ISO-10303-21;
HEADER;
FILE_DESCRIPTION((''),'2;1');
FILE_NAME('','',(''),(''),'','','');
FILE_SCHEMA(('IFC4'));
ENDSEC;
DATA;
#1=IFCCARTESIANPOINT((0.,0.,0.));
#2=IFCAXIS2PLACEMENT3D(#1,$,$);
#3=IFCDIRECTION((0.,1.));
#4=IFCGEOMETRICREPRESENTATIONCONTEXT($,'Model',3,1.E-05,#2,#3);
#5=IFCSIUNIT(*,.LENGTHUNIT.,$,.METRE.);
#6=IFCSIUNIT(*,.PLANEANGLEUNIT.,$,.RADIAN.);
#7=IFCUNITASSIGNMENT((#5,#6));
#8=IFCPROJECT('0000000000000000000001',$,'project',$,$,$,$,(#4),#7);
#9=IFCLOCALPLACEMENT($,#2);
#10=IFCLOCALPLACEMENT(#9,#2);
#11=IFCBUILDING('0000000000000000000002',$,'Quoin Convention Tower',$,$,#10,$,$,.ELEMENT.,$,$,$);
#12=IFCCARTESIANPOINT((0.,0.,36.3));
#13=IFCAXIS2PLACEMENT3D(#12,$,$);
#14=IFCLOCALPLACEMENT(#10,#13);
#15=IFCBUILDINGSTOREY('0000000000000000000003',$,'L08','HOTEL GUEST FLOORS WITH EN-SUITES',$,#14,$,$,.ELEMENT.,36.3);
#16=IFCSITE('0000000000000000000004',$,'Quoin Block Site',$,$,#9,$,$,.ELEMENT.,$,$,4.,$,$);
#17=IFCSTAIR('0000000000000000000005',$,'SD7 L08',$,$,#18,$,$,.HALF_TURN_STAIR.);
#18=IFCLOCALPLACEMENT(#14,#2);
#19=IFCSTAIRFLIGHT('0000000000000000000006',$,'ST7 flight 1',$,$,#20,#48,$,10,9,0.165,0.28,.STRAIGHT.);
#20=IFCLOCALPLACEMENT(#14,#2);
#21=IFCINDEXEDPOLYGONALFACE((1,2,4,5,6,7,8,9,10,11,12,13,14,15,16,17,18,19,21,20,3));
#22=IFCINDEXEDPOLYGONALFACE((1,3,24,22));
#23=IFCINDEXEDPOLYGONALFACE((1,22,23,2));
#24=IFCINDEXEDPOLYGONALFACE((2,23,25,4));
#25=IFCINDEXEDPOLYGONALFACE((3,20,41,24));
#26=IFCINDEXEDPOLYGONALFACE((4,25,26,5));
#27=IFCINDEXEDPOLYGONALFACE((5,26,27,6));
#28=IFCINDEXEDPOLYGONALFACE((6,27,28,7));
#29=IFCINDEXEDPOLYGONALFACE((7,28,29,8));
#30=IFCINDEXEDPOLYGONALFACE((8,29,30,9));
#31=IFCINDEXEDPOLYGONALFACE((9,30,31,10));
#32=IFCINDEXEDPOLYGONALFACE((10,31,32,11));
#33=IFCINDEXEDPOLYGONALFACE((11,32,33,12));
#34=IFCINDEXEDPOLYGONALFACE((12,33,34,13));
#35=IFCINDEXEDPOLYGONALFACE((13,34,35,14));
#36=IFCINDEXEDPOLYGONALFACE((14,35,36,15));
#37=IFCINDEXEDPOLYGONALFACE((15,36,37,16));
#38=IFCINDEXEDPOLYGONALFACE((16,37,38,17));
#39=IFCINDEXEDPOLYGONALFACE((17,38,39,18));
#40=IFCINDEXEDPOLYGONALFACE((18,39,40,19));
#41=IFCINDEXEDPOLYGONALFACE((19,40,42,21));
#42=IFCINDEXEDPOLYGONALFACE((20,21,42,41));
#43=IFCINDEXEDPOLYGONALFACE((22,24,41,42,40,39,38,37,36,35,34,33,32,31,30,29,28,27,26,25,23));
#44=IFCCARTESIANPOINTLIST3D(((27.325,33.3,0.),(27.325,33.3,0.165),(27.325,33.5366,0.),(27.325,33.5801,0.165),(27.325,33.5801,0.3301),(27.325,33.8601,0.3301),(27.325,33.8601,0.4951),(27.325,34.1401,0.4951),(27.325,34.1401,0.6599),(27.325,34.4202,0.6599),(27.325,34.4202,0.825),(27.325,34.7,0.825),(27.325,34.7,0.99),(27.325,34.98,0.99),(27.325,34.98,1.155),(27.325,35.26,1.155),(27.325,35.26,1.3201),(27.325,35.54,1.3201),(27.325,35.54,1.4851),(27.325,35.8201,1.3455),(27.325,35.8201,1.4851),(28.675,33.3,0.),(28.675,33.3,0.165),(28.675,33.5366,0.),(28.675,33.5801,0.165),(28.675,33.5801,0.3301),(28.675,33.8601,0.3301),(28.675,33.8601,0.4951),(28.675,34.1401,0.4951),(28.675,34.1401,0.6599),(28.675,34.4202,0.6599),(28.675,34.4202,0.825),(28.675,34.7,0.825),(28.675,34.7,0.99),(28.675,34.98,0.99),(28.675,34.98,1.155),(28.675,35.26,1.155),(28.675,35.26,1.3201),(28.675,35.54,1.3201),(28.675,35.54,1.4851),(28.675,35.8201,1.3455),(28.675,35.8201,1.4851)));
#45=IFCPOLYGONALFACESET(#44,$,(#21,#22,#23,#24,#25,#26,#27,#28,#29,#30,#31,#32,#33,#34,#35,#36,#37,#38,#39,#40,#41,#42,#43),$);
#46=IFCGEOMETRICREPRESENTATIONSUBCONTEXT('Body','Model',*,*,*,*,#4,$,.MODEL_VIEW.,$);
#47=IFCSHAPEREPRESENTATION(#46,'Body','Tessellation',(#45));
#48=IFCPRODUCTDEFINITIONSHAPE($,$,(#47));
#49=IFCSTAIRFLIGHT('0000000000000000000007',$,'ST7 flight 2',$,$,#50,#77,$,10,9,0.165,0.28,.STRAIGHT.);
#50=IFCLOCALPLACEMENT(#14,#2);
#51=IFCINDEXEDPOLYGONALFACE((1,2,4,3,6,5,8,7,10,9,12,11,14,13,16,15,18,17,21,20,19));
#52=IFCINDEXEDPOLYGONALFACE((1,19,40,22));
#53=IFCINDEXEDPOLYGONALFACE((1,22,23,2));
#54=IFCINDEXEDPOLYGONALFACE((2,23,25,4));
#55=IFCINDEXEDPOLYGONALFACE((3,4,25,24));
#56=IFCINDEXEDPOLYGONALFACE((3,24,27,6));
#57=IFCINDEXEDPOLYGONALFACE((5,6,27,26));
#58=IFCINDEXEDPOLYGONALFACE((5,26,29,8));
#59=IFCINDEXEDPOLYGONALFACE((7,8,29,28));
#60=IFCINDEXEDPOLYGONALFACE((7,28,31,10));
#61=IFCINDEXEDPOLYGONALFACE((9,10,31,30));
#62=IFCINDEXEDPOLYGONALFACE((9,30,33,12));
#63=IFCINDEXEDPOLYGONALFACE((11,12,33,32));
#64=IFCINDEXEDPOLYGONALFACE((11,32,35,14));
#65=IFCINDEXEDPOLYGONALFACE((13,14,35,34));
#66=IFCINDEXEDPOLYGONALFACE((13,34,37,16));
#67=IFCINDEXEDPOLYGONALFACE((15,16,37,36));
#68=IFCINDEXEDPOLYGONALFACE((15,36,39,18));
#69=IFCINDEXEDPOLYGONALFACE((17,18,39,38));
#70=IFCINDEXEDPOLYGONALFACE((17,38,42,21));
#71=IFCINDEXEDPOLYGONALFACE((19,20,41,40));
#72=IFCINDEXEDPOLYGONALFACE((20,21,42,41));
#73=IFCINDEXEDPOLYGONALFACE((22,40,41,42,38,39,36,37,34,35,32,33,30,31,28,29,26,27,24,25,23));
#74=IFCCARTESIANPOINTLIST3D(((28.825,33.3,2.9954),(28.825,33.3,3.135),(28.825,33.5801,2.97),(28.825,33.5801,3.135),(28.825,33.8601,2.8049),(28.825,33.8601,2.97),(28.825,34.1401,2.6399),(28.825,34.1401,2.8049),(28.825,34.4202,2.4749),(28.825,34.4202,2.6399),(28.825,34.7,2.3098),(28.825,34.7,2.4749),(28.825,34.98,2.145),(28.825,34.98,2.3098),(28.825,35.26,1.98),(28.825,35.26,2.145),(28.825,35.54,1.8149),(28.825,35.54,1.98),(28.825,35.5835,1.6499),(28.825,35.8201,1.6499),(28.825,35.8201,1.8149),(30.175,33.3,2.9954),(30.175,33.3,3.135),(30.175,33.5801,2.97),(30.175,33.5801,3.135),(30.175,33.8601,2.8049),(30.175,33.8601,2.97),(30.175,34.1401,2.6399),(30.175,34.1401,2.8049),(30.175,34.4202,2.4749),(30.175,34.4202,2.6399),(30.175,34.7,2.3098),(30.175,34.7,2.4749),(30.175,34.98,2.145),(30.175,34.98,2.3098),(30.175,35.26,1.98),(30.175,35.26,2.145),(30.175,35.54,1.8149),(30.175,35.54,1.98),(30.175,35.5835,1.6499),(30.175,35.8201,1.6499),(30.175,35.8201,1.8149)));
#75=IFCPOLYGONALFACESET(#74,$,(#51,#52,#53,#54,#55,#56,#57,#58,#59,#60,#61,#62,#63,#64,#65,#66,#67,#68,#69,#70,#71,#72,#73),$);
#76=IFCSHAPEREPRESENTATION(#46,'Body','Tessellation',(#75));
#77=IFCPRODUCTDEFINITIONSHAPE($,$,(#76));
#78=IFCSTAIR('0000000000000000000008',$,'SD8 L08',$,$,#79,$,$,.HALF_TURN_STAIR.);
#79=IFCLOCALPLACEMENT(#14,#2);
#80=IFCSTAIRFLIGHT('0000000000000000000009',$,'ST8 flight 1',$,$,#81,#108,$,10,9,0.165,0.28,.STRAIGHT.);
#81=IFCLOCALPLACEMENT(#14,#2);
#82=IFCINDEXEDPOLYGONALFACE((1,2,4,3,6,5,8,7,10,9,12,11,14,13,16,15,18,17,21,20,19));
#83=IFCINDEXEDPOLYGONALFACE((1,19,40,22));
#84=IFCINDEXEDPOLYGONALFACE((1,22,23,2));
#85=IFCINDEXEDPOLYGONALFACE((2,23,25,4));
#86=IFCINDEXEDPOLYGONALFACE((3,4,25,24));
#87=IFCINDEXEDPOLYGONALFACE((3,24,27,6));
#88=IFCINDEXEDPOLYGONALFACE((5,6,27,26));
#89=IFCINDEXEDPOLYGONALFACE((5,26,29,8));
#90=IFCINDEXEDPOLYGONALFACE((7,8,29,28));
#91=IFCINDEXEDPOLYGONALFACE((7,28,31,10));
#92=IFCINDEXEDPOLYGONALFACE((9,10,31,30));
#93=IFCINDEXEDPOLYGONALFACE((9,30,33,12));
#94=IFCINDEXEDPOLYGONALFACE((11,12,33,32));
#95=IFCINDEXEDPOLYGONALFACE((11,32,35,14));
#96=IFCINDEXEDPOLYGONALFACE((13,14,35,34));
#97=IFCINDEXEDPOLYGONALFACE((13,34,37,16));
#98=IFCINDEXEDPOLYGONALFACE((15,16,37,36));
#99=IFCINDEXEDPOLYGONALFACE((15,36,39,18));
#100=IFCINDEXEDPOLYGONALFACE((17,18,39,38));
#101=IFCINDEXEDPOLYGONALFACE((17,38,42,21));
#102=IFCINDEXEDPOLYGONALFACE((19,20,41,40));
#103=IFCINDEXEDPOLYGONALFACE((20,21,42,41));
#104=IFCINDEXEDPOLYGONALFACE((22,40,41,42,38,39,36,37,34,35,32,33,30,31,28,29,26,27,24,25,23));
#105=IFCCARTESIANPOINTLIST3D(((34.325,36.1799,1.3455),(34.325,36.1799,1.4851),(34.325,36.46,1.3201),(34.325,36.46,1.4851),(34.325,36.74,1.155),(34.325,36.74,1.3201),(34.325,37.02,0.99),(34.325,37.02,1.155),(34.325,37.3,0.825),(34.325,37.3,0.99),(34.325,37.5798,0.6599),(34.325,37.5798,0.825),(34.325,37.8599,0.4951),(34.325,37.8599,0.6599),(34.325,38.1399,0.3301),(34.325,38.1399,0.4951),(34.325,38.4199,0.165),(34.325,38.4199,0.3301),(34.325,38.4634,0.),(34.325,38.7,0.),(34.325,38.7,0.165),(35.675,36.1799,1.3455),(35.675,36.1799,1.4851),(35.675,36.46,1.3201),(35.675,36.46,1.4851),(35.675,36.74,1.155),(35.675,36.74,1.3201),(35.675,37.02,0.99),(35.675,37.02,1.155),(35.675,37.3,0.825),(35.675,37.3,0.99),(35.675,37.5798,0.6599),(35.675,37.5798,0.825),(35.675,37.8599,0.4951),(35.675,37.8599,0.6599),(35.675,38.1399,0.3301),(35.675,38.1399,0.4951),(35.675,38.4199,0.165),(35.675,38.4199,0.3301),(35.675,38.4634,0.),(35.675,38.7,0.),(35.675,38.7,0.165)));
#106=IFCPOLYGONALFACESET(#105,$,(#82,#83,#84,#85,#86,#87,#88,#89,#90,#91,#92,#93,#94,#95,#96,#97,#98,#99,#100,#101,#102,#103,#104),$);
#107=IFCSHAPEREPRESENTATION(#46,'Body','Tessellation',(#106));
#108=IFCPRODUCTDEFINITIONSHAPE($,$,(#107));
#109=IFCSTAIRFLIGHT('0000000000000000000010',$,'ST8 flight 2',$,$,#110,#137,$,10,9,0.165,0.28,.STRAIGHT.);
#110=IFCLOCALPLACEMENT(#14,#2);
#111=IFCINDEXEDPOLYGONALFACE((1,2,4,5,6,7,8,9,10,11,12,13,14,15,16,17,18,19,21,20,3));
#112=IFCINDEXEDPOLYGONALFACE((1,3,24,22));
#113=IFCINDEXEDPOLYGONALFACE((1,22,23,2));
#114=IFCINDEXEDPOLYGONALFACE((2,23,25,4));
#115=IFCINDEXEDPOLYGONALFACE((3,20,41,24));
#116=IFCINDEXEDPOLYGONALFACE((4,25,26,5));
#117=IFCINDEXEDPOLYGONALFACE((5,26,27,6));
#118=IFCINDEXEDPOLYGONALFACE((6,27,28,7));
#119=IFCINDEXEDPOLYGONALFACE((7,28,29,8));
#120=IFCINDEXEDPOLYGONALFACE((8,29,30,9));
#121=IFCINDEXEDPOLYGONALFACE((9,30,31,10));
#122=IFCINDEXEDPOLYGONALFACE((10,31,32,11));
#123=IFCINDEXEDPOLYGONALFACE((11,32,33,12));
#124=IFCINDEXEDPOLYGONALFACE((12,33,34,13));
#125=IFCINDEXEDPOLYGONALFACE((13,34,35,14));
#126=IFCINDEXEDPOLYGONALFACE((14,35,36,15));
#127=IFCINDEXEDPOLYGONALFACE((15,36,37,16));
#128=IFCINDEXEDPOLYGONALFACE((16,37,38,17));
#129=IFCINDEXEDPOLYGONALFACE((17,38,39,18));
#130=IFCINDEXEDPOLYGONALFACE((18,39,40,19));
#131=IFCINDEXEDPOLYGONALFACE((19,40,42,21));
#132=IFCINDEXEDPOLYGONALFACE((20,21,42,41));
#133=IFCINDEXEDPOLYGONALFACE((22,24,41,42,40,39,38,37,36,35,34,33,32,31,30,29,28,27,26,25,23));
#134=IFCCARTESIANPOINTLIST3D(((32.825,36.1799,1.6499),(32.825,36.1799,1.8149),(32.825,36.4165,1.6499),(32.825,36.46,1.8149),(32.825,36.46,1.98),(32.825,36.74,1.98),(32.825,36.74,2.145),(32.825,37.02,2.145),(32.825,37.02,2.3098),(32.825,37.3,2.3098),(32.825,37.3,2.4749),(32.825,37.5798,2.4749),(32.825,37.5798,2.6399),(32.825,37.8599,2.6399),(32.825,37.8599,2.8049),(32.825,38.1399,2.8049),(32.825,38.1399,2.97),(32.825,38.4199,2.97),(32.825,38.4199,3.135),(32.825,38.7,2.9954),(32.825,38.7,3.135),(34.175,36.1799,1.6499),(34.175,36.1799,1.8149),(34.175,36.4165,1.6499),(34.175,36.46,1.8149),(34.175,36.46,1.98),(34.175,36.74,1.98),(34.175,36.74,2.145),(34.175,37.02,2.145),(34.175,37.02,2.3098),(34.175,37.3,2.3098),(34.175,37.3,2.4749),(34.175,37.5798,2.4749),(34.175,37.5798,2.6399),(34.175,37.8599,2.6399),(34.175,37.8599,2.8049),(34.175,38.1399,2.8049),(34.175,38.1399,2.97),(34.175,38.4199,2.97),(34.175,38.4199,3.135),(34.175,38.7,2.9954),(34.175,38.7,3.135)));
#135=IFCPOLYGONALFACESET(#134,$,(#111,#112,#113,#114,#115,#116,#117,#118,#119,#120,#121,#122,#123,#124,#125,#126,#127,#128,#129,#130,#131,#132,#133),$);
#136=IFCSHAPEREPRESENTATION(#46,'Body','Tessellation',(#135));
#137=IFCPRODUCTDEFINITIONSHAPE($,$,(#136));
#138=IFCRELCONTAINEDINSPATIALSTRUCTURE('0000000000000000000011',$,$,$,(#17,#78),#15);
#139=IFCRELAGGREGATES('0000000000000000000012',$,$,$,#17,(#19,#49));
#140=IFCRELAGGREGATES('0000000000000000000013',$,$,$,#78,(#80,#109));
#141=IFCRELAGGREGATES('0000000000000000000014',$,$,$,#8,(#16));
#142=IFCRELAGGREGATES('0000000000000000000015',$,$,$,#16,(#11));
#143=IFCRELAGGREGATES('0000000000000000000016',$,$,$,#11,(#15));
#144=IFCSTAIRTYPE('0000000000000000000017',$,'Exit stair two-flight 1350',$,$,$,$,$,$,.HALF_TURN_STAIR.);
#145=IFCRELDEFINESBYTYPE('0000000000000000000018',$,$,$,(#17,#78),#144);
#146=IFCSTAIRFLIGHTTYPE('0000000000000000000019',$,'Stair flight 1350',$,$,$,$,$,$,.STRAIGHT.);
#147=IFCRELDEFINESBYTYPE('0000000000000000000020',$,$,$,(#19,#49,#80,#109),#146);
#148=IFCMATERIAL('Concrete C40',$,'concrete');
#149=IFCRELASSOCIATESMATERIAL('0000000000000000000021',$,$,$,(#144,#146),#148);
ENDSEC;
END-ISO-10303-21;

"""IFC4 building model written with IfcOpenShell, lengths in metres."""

from ifc_helpers import new_model, si_unit, direction, frame, origin, place, context, subcontext, project, spatial, polyline, outline, extrude, material, type_object, element, aggregate, save


model = new_model("IFC4")

# Units and contexts
model_context = context("Model", 3, precision=1e-05, world=origin(), true_north=direction((0.0, 1.0)))
body_context = subcontext(model_context, "Body", "Model", "MODEL_VIEW")
ifc_project = project(units=[si_unit("LENGTHUNIT", "METRE"), si_unit("PLANEANGLEUNIT", "RADIAN")], contexts=[model_context])

# Site, building, storey
site_placement = place(None, origin())
site = spatial("IfcSite", under=ifc_project, at=site_placement, Name="Quoin Block Site", CompositionType="ELEMENT", RefElevation=4.0)
building_placement = place(site_placement, origin())
building = spatial("IfcBuilding", under=site, at=building_placement, Name="Quoin Convention Tower", CompositionType="ELEMENT")
storey_placement = place(building_placement, frame((0.0, 0.0, 36.3)))
storey = spatial("IfcBuildingStorey", under=building, at=storey_placement, Name="L08", Description="HOTEL GUEST FLOORS WITH EN-SUITES", CompositionType="ELEMENT", Elevation=36.3)

# Stairs, stair flights
ifc_material_1 = material(Name="Concrete C40", Category="concrete")
stair_type = type_object("IfcStairType", Name="Exit stair two-flight 1350", PredefinedType="HALF_TURN_STAIR", material=ifc_material_1)
stair_1_placement = place(storey_placement, origin())
stair_1 = element("IfcStair", 1, at=stair_1_placement, inside=storey, type_object=stair_type, Name="SD7 L08", PredefinedType="HALF_TURN_STAIR")
stair_flight_type = type_object("IfcStairFlightType", Name="Stair flight 1350", PredefinedType="STRAIGHT", material=ifc_material_1)
stair_flight_1_placement = place(storey_placement, frame((28.0, 33.3, 0.0), z_axis=(0.0, 0.0, 1.0), x_axis=(0.0, 1.0, 0.0)))
stair_flight_1 = element("IfcStairFlight", 2, at=stair_flight_1_placement, type_object=stair_flight_type, Name="ST7 flight 1", NumberOfRisers=10, NumberOfTreads=9, PredefinedType="STRAIGHT", RiserHeight=0.165, TreadLength=0.28, context=body_context, shape_type="SweptSolid", body=[
    extrude(outline(polyline([(0.0, 0.0), (0.0, 0.165), (0.28, 0.165), (0.28, 0.3301), (0.5601, 0.3301), (0.5601, 0.4951), (0.8401, 0.4951), (0.8401, 0.6599), (1.1201, 0.6599), (1.1201, 0.825), (1.3999, 0.825), (1.3999, 0.99), (1.6799, 0.99), (1.6799, 1.155), (1.96, 1.155), (1.96, 1.3201), (2.24, 1.3201), (2.24, 1.4851), (2.52, 1.4851), (2.52, 1.6499), (2.52, 1.3455), (0.2366, 0.0), (0.0, 0.0)])), frame((0.0, 0.675, 0.0), z_axis=(0.0, -1.0, 0.0), x_axis=(1.0, 0.0, 0.0)), (0.0, 0.0, 1.0), 1.3501),
])
stair_flight_2_placement = place(storey_placement, frame((29.5, 35.8201, 1.6499), z_axis=(0.0, 0.0, 1.0), x_axis=(0.0, -1.0, 0.0)))
stair_flight_2 = element("IfcStairFlight", 3, at=stair_flight_2_placement, type_object=stair_flight_type, Name="ST7 flight 2", NumberOfRisers=10, NumberOfTreads=9, PredefinedType="STRAIGHT", RiserHeight=0.165, TreadLength=0.28, context=body_context, shape_type="SweptSolid", body=[
    extrude(outline(polyline([(0.0, 0.0), (0.0, 0.165), (0.28, 0.165), (0.28, 0.3301), (0.5601, 0.3301), (0.5601, 0.4951), (0.8401, 0.4951), (0.8401, 0.6599), (1.1201, 0.6599), (1.1201, 0.825), (1.3999, 0.825), (1.3999, 0.99), (1.6799, 0.99), (1.6799, 1.155), (1.96, 1.155), (1.96, 1.3201), (2.24, 1.3201), (2.24, 1.4851), (2.52, 1.4851), (2.52, 1.6499), (2.52, 1.3455), (0.2366, 0.0), (0.0, 0.0)])), frame((0.0, 0.675, 0.0), z_axis=(0.0, -1.0, 0.0), x_axis=(1.0, 0.0, 0.0)), (0.0, 0.0, 1.0), 1.3501),
])
aggregate(stair_1, [stair_flight_1, stair_flight_2])
stair_2_placement = place(storey_placement, origin())
stair_2 = element("IfcStair", 4, at=stair_2_placement, inside=storey, type_object=stair_type, Name="SD8 L08", PredefinedType="HALF_TURN_STAIR")
stair_flight_3_placement = place(storey_placement, frame((35.0, 38.7, 0.0), z_axis=(0.0, 0.0, 1.0), x_axis=(0.0, -1.0, 0.0)))
stair_flight_3 = element("IfcStairFlight", 5, at=stair_flight_3_placement, type_object=stair_flight_type, Name="ST8 flight 1", NumberOfRisers=10, NumberOfTreads=9, PredefinedType="STRAIGHT", RiserHeight=0.165, TreadLength=0.28, context=body_context, shape_type="SweptSolid", body=[
    extrude(outline(polyline([(0.0, 0.0), (0.0, 0.165), (0.28, 0.165), (0.28, 0.3301), (0.5601, 0.3301), (0.5601, 0.4951), (0.8401, 0.4951), (0.8401, 0.6599), (1.1201, 0.6599), (1.1201, 0.825), (1.3999, 0.825), (1.3999, 0.99), (1.6799, 0.99), (1.6799, 1.155), (1.96, 1.155), (1.96, 1.3201), (2.24, 1.3201), (2.24, 1.4851), (2.52, 1.4851), (2.52, 1.6499), (2.52, 1.3455), (0.2366, 0.0), (0.0, 0.0)])), frame((0.0, 0.675, 0.0), z_axis=(0.0, -1.0, 0.0), x_axis=(1.0, 0.0, 0.0)), (0.0, 0.0, 1.0), 1.3501),
])
stair_flight_4_placement = place(storey_placement, frame((33.5, 36.1799, 1.6499), z_axis=(0.0, 0.0, 1.0), x_axis=(0.0, 1.0, 0.0)))
stair_flight_4 = element("IfcStairFlight", 6, at=stair_flight_4_placement, type_object=stair_flight_type, Name="ST8 flight 2", NumberOfRisers=10, NumberOfTreads=9, PredefinedType="STRAIGHT", RiserHeight=0.165, TreadLength=0.28, context=body_context, shape_type="SweptSolid", body=[
    extrude(outline(polyline([(0.0, 0.0), (0.0, 0.165), (0.28, 0.165), (0.28, 0.3301), (0.5601, 0.3301), (0.5601, 0.4951), (0.8401, 0.4951), (0.8401, 0.6599), (1.1201, 0.6599), (1.1201, 0.825), (1.3999, 0.825), (1.3999, 0.99), (1.6799, 0.99), (1.6799, 1.155), (1.96, 1.155), (1.96, 1.3201), (2.24, 1.3201), (2.24, 1.4851), (2.52, 1.4851), (2.52, 1.6499), (2.52, 1.3455), (0.2366, 0.0), (0.0, 0.0)])), frame((0.0, 0.675, 0.0), z_axis=(0.0, -1.0, 0.0), x_axis=(1.0, 0.0, 0.0)), (0.0, 0.0, 1.0), 1.3501),
])
aggregate(stair_2, [stair_flight_3, stair_flight_4])

save(model, "model.ifc")
